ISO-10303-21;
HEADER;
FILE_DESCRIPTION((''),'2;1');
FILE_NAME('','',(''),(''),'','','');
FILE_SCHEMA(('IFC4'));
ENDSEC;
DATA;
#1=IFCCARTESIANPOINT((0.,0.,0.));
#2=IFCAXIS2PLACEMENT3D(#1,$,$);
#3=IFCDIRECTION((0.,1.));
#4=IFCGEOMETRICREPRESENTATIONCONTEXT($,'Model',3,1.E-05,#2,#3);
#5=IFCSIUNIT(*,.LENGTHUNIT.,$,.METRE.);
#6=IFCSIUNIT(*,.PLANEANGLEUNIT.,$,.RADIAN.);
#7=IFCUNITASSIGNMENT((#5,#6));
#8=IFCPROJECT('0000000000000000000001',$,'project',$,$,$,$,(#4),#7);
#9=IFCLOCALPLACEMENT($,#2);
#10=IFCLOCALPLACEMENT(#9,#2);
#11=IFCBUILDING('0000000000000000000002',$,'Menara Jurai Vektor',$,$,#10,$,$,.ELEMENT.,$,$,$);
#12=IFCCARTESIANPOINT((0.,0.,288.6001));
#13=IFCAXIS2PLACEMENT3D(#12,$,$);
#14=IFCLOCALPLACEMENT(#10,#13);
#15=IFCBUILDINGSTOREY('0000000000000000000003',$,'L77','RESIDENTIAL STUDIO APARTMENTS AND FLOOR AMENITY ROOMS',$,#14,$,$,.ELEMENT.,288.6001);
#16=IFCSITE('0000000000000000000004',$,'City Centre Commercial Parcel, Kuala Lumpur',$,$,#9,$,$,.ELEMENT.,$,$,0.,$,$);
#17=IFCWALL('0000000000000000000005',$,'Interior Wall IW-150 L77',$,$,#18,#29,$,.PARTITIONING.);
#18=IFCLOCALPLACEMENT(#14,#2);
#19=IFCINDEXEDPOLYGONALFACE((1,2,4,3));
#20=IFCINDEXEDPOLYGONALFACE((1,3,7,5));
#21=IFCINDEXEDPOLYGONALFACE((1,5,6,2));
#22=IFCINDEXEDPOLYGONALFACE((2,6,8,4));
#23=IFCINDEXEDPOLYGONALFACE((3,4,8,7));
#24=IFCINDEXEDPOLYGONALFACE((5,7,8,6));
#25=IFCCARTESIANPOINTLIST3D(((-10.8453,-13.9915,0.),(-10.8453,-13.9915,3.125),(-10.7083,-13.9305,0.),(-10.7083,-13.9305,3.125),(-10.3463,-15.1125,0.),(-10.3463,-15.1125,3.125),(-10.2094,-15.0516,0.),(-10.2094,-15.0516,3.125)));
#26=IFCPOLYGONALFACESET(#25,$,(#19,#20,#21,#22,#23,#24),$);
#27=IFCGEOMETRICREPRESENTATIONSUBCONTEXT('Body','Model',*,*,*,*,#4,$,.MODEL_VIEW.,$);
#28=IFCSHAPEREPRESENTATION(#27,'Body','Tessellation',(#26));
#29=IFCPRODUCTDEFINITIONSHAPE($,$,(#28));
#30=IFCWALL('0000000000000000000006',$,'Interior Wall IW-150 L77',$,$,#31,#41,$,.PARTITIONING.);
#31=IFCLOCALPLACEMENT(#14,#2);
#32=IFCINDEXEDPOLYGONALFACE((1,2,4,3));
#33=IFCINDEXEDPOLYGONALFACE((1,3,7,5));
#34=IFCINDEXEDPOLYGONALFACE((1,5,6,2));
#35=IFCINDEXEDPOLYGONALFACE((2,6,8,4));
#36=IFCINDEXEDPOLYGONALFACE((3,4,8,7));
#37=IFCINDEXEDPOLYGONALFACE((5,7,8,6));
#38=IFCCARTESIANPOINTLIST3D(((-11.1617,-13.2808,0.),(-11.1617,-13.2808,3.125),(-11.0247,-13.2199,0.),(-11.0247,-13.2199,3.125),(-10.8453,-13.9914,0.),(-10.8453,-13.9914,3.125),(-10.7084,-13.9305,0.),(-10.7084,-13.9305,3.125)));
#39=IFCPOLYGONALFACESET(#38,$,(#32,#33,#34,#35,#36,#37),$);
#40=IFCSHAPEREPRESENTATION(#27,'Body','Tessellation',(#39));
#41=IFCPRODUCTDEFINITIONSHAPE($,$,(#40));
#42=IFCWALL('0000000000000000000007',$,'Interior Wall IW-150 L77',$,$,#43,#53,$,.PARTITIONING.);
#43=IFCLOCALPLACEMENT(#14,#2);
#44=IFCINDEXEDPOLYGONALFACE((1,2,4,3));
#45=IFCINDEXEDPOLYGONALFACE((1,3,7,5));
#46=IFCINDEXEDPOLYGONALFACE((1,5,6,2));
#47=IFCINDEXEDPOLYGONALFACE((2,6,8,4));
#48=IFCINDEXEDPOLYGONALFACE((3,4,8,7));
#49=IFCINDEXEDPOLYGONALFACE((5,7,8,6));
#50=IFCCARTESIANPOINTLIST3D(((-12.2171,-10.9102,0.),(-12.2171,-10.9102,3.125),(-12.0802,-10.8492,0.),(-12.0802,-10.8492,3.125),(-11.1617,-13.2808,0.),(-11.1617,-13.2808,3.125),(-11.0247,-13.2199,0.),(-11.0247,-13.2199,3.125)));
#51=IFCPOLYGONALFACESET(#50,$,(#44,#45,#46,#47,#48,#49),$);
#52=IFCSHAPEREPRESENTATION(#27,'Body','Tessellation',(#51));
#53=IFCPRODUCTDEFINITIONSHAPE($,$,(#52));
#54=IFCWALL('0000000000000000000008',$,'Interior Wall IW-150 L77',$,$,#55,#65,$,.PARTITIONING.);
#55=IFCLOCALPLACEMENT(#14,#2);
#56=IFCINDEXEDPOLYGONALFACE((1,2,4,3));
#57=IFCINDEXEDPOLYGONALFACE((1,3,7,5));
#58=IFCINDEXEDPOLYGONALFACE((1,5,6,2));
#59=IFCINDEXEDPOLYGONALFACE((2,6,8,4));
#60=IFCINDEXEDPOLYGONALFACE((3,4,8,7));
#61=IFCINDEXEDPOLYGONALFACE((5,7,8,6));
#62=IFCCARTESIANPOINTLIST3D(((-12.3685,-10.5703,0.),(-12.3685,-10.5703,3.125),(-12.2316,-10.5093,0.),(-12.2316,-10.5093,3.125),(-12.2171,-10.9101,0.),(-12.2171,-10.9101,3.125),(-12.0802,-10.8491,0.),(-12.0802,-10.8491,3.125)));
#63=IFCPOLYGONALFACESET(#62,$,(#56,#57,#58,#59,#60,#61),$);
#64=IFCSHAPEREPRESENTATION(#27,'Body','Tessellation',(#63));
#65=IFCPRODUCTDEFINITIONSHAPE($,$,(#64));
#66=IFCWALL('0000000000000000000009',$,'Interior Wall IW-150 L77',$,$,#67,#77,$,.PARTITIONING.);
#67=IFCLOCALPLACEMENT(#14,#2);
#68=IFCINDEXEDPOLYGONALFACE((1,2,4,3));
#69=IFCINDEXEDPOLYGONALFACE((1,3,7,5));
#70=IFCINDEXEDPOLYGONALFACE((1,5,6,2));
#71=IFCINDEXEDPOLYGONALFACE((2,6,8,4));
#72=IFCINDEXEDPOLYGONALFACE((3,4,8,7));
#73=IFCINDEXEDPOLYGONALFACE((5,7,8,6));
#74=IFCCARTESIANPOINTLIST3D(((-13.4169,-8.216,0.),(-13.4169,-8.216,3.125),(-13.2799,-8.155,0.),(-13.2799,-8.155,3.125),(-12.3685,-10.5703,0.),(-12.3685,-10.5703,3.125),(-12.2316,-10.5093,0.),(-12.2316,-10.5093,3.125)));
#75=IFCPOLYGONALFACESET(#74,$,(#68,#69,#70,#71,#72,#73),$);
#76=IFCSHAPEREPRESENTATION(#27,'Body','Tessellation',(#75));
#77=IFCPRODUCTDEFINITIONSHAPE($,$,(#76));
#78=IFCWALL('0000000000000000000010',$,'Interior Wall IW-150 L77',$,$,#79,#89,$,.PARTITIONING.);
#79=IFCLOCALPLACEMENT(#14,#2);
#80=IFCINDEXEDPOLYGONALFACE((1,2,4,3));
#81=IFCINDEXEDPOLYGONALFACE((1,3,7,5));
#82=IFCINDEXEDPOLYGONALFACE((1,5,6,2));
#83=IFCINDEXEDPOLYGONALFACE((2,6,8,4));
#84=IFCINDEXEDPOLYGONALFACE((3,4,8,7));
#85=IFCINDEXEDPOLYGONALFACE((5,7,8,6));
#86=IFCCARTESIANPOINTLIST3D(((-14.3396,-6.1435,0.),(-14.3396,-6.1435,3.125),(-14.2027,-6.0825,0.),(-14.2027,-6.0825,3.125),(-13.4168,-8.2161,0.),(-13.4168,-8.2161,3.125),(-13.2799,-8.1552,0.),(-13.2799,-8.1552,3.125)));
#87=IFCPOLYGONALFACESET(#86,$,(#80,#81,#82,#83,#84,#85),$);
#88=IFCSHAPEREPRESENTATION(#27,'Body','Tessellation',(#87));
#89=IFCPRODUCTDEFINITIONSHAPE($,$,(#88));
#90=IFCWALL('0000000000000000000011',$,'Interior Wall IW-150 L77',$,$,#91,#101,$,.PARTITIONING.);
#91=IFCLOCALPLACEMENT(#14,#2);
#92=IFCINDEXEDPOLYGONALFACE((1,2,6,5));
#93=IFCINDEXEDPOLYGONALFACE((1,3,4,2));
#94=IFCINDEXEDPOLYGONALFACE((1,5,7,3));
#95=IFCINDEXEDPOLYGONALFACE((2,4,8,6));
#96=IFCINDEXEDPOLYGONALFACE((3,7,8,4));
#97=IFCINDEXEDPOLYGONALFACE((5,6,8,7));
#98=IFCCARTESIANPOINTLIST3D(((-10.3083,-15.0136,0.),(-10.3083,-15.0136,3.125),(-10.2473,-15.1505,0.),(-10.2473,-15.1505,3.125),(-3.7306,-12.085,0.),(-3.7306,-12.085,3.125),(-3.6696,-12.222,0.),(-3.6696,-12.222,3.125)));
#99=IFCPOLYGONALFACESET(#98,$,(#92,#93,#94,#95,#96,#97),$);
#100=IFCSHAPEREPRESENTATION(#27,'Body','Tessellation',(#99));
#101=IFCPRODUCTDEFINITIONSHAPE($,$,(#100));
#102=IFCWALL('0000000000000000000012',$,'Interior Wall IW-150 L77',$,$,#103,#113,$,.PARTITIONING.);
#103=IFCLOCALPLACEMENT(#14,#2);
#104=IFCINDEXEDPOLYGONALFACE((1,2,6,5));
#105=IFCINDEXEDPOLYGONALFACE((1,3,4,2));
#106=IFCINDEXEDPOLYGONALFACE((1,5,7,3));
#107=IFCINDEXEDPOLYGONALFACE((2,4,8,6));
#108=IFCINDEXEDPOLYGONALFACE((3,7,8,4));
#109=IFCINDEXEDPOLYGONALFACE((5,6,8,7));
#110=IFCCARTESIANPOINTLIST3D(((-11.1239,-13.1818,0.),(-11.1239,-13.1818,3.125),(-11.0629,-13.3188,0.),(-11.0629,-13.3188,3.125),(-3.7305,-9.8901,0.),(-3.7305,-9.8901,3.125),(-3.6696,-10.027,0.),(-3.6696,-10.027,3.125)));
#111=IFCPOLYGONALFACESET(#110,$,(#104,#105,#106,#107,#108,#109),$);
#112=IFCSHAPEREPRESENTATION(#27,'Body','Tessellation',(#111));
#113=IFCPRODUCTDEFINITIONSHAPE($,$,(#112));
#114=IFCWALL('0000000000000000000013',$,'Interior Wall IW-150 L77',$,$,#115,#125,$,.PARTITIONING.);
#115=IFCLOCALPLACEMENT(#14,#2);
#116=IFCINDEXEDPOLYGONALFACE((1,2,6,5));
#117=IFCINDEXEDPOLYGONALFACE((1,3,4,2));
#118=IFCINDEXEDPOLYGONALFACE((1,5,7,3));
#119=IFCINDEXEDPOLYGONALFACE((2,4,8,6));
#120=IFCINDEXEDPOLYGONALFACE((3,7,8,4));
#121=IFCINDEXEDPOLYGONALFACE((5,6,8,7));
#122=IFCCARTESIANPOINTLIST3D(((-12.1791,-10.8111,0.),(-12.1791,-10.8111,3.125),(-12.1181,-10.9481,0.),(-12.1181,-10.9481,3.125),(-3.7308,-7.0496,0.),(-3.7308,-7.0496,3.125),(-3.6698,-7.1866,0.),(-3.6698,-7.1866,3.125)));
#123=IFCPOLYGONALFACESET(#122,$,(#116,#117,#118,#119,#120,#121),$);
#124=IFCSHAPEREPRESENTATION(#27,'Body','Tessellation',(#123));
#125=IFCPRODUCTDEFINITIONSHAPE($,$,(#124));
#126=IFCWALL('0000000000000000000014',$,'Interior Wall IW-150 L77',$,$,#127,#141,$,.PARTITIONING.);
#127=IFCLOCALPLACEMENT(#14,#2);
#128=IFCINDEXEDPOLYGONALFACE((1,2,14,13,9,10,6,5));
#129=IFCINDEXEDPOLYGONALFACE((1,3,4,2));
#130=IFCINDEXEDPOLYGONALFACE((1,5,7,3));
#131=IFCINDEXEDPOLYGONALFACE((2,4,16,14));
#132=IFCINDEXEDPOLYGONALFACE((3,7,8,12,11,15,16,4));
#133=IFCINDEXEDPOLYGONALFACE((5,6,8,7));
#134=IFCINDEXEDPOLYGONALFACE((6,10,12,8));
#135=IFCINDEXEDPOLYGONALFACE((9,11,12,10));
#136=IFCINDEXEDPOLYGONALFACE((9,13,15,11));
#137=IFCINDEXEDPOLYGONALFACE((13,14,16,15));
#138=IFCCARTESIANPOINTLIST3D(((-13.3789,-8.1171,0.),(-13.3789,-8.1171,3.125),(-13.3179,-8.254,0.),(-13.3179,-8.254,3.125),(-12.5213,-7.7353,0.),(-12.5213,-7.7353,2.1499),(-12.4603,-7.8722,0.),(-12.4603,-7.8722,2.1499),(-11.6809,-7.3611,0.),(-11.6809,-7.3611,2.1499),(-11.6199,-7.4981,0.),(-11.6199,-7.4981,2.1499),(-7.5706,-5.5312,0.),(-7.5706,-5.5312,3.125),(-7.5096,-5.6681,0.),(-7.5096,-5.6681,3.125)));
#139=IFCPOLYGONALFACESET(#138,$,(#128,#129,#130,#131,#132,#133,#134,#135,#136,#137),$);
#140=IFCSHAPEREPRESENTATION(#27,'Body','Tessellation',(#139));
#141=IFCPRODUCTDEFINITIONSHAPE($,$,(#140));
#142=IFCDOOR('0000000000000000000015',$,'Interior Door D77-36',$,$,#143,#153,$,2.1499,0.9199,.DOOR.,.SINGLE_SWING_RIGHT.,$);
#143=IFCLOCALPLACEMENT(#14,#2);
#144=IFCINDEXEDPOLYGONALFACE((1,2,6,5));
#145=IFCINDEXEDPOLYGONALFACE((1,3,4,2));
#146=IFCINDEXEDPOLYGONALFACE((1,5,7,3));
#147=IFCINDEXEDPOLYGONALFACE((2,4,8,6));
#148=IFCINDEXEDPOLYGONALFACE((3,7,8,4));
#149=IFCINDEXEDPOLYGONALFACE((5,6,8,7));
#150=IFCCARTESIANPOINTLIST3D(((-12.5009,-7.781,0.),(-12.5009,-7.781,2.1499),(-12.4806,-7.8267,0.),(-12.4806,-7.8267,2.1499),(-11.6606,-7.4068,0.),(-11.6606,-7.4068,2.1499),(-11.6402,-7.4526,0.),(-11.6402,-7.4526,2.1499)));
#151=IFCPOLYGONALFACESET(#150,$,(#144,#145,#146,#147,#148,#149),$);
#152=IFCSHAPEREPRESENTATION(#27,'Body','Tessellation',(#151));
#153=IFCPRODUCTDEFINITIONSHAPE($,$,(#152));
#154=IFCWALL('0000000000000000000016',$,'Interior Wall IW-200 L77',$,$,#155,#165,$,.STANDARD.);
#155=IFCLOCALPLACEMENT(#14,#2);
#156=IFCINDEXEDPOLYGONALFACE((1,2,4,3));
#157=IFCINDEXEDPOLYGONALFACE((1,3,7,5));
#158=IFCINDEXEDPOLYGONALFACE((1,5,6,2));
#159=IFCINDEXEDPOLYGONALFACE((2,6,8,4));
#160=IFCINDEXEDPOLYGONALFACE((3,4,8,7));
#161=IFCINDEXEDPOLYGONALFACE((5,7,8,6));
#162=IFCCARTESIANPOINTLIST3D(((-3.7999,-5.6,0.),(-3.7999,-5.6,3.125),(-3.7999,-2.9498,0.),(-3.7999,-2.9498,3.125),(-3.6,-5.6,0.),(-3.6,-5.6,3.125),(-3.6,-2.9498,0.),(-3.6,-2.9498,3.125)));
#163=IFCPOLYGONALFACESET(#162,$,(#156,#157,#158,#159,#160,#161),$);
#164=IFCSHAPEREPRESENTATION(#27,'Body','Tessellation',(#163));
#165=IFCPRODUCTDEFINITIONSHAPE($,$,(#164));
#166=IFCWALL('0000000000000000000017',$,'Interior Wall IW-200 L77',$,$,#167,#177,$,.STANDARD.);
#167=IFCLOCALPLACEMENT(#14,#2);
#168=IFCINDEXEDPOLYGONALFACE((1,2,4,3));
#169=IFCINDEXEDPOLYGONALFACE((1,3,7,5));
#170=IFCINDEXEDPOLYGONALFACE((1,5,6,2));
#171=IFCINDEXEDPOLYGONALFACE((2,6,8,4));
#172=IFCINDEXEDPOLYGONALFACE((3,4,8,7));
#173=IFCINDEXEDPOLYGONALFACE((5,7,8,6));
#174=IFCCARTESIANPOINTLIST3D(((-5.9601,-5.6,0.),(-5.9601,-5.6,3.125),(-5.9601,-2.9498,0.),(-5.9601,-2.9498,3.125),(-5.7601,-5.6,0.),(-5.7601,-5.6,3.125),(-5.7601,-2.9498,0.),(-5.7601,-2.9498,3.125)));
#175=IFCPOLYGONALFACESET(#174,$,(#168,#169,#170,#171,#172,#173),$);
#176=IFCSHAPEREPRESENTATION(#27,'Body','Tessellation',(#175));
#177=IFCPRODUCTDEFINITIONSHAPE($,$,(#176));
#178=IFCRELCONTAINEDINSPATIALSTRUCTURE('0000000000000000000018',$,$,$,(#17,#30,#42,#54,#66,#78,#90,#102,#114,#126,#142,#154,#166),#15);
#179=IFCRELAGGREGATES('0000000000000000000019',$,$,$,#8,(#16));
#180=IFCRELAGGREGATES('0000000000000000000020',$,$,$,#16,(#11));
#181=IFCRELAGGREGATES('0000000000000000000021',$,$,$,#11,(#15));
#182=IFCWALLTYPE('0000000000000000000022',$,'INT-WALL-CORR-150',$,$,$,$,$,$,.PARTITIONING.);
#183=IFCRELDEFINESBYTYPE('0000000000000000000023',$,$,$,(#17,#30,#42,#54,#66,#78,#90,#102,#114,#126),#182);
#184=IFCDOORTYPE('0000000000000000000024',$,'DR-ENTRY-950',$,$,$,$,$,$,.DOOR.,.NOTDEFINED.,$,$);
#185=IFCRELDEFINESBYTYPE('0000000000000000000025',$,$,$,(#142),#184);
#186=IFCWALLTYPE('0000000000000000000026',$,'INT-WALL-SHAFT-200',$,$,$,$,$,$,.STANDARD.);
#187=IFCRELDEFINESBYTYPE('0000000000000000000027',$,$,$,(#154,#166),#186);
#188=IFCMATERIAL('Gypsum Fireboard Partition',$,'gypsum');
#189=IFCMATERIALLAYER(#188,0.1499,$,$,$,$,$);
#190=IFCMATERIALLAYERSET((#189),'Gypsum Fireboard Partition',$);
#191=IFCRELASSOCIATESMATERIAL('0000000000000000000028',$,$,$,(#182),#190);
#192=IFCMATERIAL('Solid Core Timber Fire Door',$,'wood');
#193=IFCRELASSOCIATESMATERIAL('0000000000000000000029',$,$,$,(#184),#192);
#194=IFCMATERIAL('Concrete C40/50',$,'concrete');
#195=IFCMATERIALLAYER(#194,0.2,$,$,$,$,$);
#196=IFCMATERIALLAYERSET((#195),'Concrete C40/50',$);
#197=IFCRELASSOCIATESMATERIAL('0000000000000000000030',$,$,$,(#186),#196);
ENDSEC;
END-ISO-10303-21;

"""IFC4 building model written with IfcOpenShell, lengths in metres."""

from ifc_helpers import new_model, si_unit, direction, frame, frame_2d, origin, place, context, subcontext, project, spatial, rectangle, extrude, material, layer, layer_set, type_object, element, fill, save


model = new_model("IFC4")

# Units and contexts
model_context = context("Model", 3, precision=1e-05, world=origin(), true_north=direction((0.0, 1.0)))
body_context = subcontext(model_context, "Body", "Model", "MODEL_VIEW")
ifc_project = project(units=[si_unit("LENGTHUNIT", "METRE"), si_unit("PLANEANGLEUNIT", "RADIAN")], contexts=[model_context])

# Site, building, storey
site_placement = place(None, origin())
site = spatial("IfcSite", under=ifc_project, at=site_placement, Name="City Centre Commercial Parcel, Kuala Lumpur", CompositionType="ELEMENT", RefElevation=0.0)
building_placement = place(site_placement, origin())
building = spatial("IfcBuilding", under=site, at=building_placement, Name="Menara Jurai Vektor", CompositionType="ELEMENT")
storey_placement = place(building_placement, frame((0.0, 0.0, 288.6001)))
storey = spatial("IfcBuildingStorey", under=building, at=storey_placement, Name="L77", Description="RESIDENTIAL STUDIO APARTMENTS AND FLOOR AMENITY ROOMS", CompositionType="ELEMENT", Elevation=288.6001)

# Shared definitions
ifc_material_1 = material(Name="Gypsum Fireboard Partition", Category="gypsum")
ifc_layer_1 = layer(ifc_material_1, 0.1499)
ifc_layer_set_1 = layer_set([ifc_layer_1], Name="Gypsum Fireboard Partition")
wall_type_1 = type_object("IfcWallType", Name="INT-WALL-CORR-150", PredefinedType="PARTITIONING", material=ifc_layer_set_1)

# Shared definitions
ifc_material_2 = material(Name="Solid Core Timber Fire Door", Category="wood")
door_type = type_object("IfcDoorType", Name="DR-ENTRY-950", OperationType="NOTDEFINED", PredefinedType="DOOR", material=ifc_material_2)

# Walls
wall_1_placement = place(storey_placement, frame((-10.2778, -15.082, 0.0), z_axis=(0.0, 0.0, 1.0), x_axis=(-0.406655, 0.913582, 0.0)))
element("IfcWall", 1, at=wall_1_placement, inside=storey, type_object=wall_type_1, Name="Interior Wall IW-150 L77", PredefinedType="PARTITIONING", context=body_context, shape_type="SweptSolid", body=[
    extrude(rectangle(XDim=1.2271, YDim=0.1499, at=frame_2d((0.6135, 0.0))), origin(), (0.0, 0.0, 1.0), 3.125),
])
wall_2_placement = place(storey_placement, frame((-10.7769, -13.9609, 0.0), z_axis=(0.0, 0.0, 1.0), x_axis=(-0.406721, 0.913553, 0.0)))
element("IfcWall", 2, at=wall_2_placement, inside=storey, type_object=wall_type_1, Name="Interior Wall IW-150 L77", PredefinedType="PARTITIONING", context=body_context, shape_type="SweptSolid", body=[
    extrude(rectangle(XDim=0.7778, YDim=0.1499, at=frame_2d((0.3889, 0.0))), origin(), (0.0, 0.0, 1.0), 3.125),
])
wall_3_placement = place(storey_placement, frame((-11.0933, -13.2502, 0.0), z_axis=(0.0, 0.0, 1.0), x_axis=(-0.406723, 0.913551, 0.0)))
element("IfcWall", 3, at=wall_3_placement, inside=storey, type_object=wall_type_1, Name="Interior Wall IW-150 L77", PredefinedType="PARTITIONING", context=body_context, shape_type="SweptSolid", body=[
    extrude(rectangle(XDim=2.595, YDim=0.1499, at=frame_2d((1.2974, 0.0))), origin(), (0.0, 0.0, 1.0), 3.125),
])
wall_4_placement = place(storey_placement, frame((-12.1487, -10.8796, 0.0), z_axis=(0.0, 0.0, 1.0), x_axis=(-0.406869, 0.913487, 0.0)))
element("IfcWall", 4, at=wall_4_placement, inside=storey, type_object=wall_type_1, Name="Interior Wall IW-150 L77", PredefinedType="PARTITIONING", context=body_context, shape_type="SweptSolid", body=[
    extrude(rectangle(XDim=0.3721, YDim=0.1499, at=frame_2d((0.186, 0.0))), origin(), (0.0, 0.0, 1.0), 3.125),
])
wall_5_placement = place(storey_placement, frame((-12.3, -10.5398, 0.0), z_axis=(0.0, 0.0, 1.0), x_axis=(-0.406789, 0.913522, 0.0)))
element("IfcWall", 5, at=wall_5_placement, inside=storey, type_object=wall_type_1, Name="Interior Wall IW-150 L77", PredefinedType="PARTITIONING", context=body_context, shape_type="SweptSolid", body=[
    extrude(rectangle(XDim=2.5771, YDim=0.1499, at=frame_2d((1.2886, 0.0))), origin(), (0.0, 0.0, 1.0), 3.125),
])
wall_6_placement = place(storey_placement, frame((-13.3484, -8.1855, 0.0), z_axis=(0.0, 0.0, 1.0), x_axis=(-0.406737, 0.913545, 0.0)))
element("IfcWall", 6, at=wall_6_placement, inside=storey, type_object=wall_type_1, Name="Interior Wall IW-150 L77", PredefinedType="PARTITIONING", context=body_context, shape_type="SweptSolid", body=[
    extrude(rectangle(XDim=2.2688, YDim=0.1499, at=frame_2d((1.1343, 0.0))), origin(), (0.0, 0.0, 1.0), 3.125),
])
wall_7_placement = place(storey_placement, frame((-10.2778, -15.082, 0.0), z_axis=(0.0, 0.0, 1.0), x_axis=(0.91355, 0.406727, 0.0)))
element("IfcWall", 7, at=wall_7_placement, inside=storey, type_object=wall_type_1, Name="Interior Wall IW-150 L77", PredefinedType="PARTITIONING", context=body_context, shape_type="SweptSolid", body=[
    extrude(rectangle(XDim=7.2002, YDim=0.1499, at=frame_2d((3.6001, 0.0))), origin(), (0.0, 0.0, 1.0), 3.125),
])
wall_8_placement = place(storey_placement, frame((-11.0933, -13.2502, 0.0), z_axis=(0.0, 0.0, 1.0), x_axis=(0.913544, 0.40674, 0.0)))
element("IfcWall", 8, at=wall_8_placement, inside=storey, type_object=wall_type_1, Name="Interior Wall IW-150 L77", PredefinedType="PARTITIONING", context=body_context, shape_type="SweptSolid", body=[
    extrude(rectangle(XDim=8.093, YDim=0.1499, at=frame_2d((4.0464, 0.0))), origin(), (0.0, 0.0, 1.0), 3.125),
])
wall_9_placement = place(storey_placement, frame((-12.1487, -10.8796, 0.0), z_axis=(0.0, 0.0, 1.0), x_axis=(0.913542, 0.406743, 0.0)))
element("IfcWall", 9, at=wall_9_placement, inside=storey, type_object=wall_type_1, Name="Interior Wall IW-150 L77", PredefinedType="PARTITIONING", context=body_context, shape_type="SweptSolid", body=[
    extrude(rectangle(XDim=9.2478, YDim=0.1499, at=frame_2d((4.624, 0.0))), origin(), (0.0, 0.0, 1.0), 3.125),
])

# Wall, opening, door
wall_10_placement = place(storey_placement, frame((-13.3484, -8.1855, 0.0), z_axis=(0.0, 0.0, 1.0), x_axis=(0.913552, 0.406723, 0.0)))
wall_10 = element("IfcWall", 10, at=wall_10_placement, inside=storey, type_object=wall_type_1, Name="Interior Wall IW-150 L77", PredefinedType="PARTITIONING", context=body_context, shape_type="SweptSolid", body=[
    extrude(rectangle(XDim=6.3579, YDim=0.1499, at=frame_2d((3.179, 0.0))), origin(), (0.0, 0.0, 1.0), 3.125),
])
opening_1_placement = place(wall_10_placement, frame((0.9387, 0.0, 0.0)))
opening_1 = element("IfcOpeningElement", 11, at=opening_1_placement, cuts=wall_10, PredefinedType="OPENING", context=body_context, shape_type="SweptSolid", body=[
    extrude(rectangle(XDim=0.9199, YDim=2.1499, at=frame_2d((0.46, 1.075))), frame((0.0, 0.085, 0.0), z_axis=(0.0, -1.0, 0.0), x_axis=(1.0, 0.0, 0.0)), (0.0, 0.0, 1.0), 0.1699),
])
door_1_placement = place(opening_1_placement, origin())
door_1 = element("IfcDoor", 12, at=door_1_placement, inside=storey, type_object=door_type, Name="Interior Door D77-36", OperationType="SINGLE_SWING_RIGHT", OverallHeight=2.1499, OverallWidth=0.9199, PredefinedType="DOOR", context=body_context, shape_type="SweptSolid", body=[
    extrude(rectangle(XDim=0.9199, YDim=2.1499, at=frame_2d((0.46, 1.075))), frame((0.0, 0.0249, 0.0), z_axis=(0.0, -1.0, 0.0), x_axis=(1.0, 0.0, 0.0)), (0.0, 0.0, 1.0), 0.05),
])
fill(opening_1, door_1)

# Walls
ifc_material_3 = material(Name="Concrete C40/50", Category="concrete")
ifc_layer_2 = layer(ifc_material_3, 0.2)
ifc_layer_set_2 = layer_set([ifc_layer_2], Name="Concrete C40/50")
wall_type_2 = type_object("IfcWallType", Name="INT-WALL-SHAFT-200", PredefinedType="STANDARD", material=ifc_layer_set_2)
for number, where, z_axis, x_axis, name in (
    (13, (-3.7, -5.6001, 0.0), (0.0, 0.0, 1.0), (0.0, 1.0, 0.0), "Interior Wall IW-200 L77"),
    (14, (-5.8601, -5.6001, 0.0), (0.0, 0.0, 1.0), (0.0, 1.0, 0.0), "Interior Wall IW-200 L77"),
):
    element("IfcWall", number, at=place(storey_placement, frame(where, z_axis=z_axis, x_axis=x_axis)), inside=storey, type_object=wall_type_2, Name=name, PredefinedType="STANDARD", context=body_context, shape_type="SweptSolid", body=[
        extrude(rectangle(XDim=2.6501, YDim=0.2, at=frame_2d((1.3252, 0.0))), origin(), (0.0, 0.0, 1.0), 3.125),
    ])

save(model, "model.ifc")
